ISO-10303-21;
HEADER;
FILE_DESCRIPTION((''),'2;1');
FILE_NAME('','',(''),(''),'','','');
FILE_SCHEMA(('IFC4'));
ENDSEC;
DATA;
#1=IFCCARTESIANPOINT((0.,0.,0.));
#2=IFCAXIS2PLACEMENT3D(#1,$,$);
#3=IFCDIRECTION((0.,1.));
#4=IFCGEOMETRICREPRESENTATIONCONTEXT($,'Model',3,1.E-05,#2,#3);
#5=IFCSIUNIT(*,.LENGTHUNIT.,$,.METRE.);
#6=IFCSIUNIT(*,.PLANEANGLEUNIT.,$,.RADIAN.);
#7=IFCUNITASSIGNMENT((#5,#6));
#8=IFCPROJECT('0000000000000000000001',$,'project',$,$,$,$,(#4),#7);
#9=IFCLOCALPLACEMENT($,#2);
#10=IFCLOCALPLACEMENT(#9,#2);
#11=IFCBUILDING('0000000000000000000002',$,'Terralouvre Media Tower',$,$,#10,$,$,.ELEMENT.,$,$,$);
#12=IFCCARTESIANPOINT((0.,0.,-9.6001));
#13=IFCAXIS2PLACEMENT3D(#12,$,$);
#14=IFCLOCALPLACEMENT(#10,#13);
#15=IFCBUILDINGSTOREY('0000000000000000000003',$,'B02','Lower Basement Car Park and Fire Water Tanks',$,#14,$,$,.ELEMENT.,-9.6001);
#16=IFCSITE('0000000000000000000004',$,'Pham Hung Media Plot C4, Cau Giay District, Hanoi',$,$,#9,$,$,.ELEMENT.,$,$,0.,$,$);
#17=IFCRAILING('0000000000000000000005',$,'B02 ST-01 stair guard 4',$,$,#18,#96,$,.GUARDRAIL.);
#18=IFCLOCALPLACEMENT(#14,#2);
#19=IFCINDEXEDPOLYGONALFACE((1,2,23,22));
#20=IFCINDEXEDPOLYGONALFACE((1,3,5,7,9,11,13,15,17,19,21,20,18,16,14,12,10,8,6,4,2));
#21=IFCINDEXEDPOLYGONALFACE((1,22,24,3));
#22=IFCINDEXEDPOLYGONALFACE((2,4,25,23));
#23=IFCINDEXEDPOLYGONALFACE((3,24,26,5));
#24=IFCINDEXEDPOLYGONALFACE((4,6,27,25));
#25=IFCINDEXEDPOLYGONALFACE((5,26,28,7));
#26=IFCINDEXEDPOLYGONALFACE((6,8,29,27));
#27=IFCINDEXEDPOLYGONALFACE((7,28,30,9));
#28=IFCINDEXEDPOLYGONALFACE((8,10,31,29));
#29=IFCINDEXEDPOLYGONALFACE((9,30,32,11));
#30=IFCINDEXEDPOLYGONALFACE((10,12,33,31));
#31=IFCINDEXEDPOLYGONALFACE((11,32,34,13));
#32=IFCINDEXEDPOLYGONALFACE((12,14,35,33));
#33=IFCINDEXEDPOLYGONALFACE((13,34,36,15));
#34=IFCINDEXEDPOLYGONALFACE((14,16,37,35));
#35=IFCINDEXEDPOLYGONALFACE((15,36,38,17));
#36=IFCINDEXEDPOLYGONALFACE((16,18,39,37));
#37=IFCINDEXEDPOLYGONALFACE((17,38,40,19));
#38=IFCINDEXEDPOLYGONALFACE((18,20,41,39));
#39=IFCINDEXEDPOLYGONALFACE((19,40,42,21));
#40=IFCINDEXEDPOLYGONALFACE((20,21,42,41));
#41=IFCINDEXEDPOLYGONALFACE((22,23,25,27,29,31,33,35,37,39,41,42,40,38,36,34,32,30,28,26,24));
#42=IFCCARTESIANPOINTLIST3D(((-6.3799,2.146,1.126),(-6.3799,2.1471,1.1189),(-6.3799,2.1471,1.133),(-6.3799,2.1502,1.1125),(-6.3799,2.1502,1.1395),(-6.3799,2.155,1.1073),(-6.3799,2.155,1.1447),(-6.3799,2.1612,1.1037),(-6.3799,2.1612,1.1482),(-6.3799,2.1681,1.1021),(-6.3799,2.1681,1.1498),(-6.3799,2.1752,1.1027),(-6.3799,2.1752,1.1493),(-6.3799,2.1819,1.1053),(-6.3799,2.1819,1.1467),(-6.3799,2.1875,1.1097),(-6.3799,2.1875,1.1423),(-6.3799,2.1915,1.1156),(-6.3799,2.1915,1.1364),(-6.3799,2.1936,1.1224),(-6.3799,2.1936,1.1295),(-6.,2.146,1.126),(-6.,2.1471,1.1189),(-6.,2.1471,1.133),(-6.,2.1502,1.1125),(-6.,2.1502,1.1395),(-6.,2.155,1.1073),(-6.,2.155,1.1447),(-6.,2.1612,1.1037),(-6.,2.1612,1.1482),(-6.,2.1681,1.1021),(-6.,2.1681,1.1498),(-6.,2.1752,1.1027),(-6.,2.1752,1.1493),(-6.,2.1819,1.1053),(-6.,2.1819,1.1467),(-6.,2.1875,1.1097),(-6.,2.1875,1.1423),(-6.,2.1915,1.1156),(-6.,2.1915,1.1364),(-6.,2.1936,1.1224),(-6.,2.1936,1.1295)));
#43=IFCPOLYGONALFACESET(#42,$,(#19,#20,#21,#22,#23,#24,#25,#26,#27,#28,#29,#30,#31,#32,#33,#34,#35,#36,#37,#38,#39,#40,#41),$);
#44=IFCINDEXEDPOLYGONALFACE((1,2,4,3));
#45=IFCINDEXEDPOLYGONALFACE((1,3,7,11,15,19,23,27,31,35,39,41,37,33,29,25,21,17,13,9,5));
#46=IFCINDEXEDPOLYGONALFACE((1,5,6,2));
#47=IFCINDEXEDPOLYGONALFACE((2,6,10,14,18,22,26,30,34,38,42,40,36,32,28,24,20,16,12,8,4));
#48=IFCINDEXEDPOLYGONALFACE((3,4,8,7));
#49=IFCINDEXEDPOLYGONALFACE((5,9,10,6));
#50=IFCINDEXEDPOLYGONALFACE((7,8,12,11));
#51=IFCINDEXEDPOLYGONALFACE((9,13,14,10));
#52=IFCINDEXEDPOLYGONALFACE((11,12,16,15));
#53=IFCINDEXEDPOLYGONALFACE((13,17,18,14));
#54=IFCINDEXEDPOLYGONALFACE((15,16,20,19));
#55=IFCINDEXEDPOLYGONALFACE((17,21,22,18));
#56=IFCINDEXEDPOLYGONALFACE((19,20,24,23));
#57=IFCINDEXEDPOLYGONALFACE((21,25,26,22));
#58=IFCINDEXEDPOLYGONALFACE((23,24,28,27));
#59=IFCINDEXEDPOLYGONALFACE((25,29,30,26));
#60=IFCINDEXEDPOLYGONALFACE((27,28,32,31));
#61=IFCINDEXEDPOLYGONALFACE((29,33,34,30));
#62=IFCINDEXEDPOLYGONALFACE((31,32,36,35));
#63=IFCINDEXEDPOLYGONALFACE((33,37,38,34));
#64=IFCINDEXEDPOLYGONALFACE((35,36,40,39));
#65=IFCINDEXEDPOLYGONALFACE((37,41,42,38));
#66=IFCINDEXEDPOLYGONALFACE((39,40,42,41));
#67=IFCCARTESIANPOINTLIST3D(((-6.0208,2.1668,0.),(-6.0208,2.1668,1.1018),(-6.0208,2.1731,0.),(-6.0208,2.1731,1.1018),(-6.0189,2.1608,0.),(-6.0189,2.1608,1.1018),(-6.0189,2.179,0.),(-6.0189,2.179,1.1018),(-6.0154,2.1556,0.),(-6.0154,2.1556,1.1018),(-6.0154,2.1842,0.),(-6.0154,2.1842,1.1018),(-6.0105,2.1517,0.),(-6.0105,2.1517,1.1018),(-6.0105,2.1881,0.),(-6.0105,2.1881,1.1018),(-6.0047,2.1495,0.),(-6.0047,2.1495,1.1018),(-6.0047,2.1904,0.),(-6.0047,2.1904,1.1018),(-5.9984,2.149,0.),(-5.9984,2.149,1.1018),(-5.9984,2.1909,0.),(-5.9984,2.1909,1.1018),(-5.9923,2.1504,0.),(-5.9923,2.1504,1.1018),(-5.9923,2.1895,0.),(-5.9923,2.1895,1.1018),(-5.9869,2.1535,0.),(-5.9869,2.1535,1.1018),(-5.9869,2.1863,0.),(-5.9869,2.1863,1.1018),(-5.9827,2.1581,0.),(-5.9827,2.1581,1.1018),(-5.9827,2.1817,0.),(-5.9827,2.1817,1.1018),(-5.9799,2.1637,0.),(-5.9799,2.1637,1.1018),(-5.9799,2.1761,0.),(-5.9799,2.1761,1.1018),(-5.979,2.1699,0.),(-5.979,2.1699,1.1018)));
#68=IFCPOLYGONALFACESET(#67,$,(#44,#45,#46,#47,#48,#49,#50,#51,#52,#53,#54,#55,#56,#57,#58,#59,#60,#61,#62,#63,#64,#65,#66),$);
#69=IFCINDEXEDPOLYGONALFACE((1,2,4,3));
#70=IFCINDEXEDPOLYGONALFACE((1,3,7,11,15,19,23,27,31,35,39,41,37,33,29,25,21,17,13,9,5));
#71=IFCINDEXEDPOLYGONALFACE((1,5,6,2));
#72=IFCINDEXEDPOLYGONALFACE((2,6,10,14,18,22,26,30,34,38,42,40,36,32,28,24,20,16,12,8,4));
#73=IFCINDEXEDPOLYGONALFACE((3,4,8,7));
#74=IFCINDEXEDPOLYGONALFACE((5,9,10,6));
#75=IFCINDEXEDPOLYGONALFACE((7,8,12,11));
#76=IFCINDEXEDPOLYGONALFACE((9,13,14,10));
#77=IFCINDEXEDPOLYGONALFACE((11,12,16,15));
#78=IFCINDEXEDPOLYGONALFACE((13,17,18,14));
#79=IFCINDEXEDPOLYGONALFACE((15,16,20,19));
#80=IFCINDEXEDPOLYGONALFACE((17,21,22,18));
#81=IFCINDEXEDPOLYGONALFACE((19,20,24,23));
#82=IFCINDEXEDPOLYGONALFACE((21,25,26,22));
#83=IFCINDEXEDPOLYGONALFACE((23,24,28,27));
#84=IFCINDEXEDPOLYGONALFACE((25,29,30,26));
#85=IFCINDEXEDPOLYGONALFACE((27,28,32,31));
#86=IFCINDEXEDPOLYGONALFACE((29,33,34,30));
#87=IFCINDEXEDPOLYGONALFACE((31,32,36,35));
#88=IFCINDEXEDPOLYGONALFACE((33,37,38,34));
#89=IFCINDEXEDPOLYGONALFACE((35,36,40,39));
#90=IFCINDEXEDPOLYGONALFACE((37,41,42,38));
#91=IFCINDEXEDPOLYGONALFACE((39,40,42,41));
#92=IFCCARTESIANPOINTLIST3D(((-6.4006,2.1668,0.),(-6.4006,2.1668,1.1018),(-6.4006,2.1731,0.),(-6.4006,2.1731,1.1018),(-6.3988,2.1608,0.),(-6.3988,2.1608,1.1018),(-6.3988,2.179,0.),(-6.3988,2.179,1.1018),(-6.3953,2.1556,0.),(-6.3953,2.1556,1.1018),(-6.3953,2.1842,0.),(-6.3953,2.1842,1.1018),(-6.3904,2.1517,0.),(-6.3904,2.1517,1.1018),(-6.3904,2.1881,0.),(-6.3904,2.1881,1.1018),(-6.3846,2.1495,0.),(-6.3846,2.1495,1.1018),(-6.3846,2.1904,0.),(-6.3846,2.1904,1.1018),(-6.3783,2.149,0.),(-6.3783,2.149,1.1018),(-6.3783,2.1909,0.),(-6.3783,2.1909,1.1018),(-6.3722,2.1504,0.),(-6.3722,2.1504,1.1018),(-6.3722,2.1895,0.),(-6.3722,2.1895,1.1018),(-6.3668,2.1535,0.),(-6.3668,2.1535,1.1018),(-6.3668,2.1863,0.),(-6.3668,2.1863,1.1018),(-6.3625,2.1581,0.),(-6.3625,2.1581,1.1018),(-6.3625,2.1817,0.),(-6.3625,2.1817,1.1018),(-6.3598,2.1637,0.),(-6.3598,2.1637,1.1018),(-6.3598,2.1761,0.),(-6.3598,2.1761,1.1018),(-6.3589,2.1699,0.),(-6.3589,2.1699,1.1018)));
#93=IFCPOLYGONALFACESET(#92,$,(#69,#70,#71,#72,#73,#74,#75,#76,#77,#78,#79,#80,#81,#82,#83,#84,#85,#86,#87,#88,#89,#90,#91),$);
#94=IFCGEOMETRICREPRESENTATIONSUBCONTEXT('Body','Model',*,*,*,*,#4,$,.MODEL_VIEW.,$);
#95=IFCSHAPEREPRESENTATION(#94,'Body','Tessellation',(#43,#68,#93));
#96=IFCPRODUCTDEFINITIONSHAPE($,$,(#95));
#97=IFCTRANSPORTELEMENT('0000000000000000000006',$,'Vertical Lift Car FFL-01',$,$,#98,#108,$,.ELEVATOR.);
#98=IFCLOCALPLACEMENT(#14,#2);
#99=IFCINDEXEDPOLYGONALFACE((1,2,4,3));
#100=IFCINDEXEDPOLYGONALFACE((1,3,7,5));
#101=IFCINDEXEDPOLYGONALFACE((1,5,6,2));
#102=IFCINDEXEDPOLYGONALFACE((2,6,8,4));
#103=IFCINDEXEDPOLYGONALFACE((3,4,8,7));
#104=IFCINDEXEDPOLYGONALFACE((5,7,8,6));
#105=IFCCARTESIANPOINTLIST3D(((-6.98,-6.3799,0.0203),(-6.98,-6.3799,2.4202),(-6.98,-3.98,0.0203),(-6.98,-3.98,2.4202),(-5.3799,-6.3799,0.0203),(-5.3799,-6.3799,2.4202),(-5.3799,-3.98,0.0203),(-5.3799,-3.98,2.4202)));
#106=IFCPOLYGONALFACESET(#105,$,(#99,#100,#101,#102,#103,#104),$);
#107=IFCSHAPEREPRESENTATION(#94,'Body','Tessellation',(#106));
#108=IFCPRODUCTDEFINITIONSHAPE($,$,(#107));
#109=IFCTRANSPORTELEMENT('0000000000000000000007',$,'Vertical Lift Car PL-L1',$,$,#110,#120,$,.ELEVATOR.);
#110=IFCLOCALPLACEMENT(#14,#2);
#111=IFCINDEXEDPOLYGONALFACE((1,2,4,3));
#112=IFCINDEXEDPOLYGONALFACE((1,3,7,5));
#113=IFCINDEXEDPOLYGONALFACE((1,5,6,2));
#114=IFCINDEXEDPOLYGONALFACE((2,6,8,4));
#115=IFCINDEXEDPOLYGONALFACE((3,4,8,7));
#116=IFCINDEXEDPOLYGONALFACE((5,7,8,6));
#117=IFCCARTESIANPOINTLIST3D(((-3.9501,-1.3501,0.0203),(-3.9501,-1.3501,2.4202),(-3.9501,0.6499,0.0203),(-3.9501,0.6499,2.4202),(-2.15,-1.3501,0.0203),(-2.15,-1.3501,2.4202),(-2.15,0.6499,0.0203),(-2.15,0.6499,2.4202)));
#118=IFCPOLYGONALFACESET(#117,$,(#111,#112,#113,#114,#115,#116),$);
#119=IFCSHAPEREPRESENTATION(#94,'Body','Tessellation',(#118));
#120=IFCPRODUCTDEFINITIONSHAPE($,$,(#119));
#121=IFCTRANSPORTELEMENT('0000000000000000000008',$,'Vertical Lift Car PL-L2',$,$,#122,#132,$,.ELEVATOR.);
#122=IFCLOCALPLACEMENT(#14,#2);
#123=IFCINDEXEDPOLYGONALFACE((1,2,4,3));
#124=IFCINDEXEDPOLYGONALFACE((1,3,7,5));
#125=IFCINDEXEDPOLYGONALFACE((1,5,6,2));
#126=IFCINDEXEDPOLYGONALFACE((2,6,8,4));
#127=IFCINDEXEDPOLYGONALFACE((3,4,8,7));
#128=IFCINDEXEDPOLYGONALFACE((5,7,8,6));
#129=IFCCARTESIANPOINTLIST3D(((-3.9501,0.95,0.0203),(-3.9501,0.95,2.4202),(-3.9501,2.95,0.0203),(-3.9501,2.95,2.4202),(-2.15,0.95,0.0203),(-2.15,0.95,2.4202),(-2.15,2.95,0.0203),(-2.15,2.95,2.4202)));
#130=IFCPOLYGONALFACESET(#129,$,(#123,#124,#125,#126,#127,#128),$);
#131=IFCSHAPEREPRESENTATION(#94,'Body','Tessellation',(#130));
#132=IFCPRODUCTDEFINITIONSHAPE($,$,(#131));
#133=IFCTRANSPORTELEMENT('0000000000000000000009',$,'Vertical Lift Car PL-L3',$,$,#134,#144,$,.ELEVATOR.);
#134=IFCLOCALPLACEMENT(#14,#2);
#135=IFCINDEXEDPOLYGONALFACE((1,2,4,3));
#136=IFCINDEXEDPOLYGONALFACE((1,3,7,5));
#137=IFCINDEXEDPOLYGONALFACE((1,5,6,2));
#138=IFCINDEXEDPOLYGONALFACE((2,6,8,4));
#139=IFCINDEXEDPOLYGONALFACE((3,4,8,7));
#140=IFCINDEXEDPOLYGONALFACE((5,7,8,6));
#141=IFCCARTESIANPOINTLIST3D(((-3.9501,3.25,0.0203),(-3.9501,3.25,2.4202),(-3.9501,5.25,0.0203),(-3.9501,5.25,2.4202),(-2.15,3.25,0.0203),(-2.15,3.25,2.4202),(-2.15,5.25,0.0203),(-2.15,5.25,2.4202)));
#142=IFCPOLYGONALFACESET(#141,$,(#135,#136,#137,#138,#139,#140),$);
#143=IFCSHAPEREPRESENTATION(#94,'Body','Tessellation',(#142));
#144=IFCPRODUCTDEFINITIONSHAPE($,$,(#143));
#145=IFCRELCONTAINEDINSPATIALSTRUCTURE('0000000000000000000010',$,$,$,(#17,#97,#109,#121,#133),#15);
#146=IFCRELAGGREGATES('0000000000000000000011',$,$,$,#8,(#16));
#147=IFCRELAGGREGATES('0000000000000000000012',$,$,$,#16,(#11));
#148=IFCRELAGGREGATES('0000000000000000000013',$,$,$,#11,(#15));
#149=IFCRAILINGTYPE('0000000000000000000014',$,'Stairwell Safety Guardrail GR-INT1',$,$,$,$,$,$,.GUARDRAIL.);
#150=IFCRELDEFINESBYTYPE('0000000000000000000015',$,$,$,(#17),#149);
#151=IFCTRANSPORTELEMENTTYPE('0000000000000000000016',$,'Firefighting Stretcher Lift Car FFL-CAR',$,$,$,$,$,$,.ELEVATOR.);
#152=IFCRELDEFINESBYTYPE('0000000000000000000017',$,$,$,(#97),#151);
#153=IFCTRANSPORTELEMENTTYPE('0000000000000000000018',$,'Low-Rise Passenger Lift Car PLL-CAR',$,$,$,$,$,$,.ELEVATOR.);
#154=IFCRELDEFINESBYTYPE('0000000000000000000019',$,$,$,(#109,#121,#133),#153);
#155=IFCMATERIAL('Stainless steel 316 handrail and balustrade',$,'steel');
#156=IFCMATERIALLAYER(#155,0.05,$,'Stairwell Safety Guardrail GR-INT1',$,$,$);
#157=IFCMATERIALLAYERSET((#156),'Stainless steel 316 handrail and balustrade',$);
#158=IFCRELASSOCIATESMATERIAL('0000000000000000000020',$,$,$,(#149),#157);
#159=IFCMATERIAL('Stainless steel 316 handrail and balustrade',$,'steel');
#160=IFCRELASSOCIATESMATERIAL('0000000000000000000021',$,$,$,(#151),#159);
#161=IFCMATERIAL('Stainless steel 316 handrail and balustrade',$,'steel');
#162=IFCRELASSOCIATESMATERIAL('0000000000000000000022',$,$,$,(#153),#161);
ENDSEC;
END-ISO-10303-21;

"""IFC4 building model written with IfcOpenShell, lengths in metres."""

from ifc_helpers import new_model, si_unit, direction, frame, origin, origin_2d, place, context, subcontext, project, spatial, rectangle, circle, extrude, material, layer, layer_set, type_object, element, save


model = new_model("IFC4")

# Units and contexts
model_context = context("Model", 3, precision=1e-05, world=origin(), true_north=direction((0.0, 1.0)))
body_context = subcontext(model_context, "Body", "Model", "MODEL_VIEW")
ifc_project = project(units=[si_unit("LENGTHUNIT", "METRE"), si_unit("PLANEANGLEUNIT", "RADIAN")], contexts=[model_context])

# Site, building, storey
site_placement = place(None, origin())
site = spatial("IfcSite", under=ifc_project, at=site_placement, Name="Pham Hung Media Plot C4, Cau Giay District, Hanoi", CompositionType="ELEMENT", RefElevation=0.0)
building_placement = place(site_placement, origin())
building = spatial("IfcBuilding", under=site, at=building_placement, Name="Terralouvre Media Tower", CompositionType="ELEMENT")
storey_placement = place(building_placement, frame((0.0, 0.0, -9.6001)))
storey = spatial("IfcBuildingStorey", under=building, at=storey_placement, Name="B02", Description="Lower Basement Car Park and Fire Water Tanks", CompositionType="ELEMENT", Elevation=-9.6001)

# Railing
ifc_material_1 = material(Name="Stainless steel 316 handrail and balustrade", Category="steel")
ifc_layer_1 = layer(ifc_material_1, 0.05, Name="Stairwell Safety Guardrail GR-INT1")
ifc_layer_set_1 = layer_set([ifc_layer_1], Name="Stainless steel 316 handrail and balustrade")
railing_type_1 = type_object("IfcRailingType", Name="Stairwell Safety Guardrail GR-INT1", PredefinedType="GUARDRAIL", material=ifc_layer_set_1)
railing_1_placement = place(storey_placement, frame((-6.0, 2.1699, 0.0)))
element("IfcRailing", 1, at=railing_1_placement, inside=storey, type_object=railing_type_1, Name="B02 ST-01 stair guard 4", PredefinedType="GUARDRAIL", context=body_context, shape_type="SweptSolid", body=[
    extrude(circle(Radius=0.0239, at=origin_2d()), frame((0.0, 0.0, 1.126), z_axis=(-1.0, 0.0, 0.0), x_axis=(0.0, -1.0, 0.0)), (0.0, 0.0, 1.0), 0.3799),
    extrude(circle(Radius=0.021, at=origin_2d()), origin(), (0.0, 0.0, 1.0), 1.1018),
    extrude(circle(Radius=0.021, at=origin_2d()), frame((-0.3799, 0.0, 0.0)), (0.0, 0.0, 1.0), 1.1018),
])

# Transport elements
ifc_material_2 = material(Name="Stainless steel 316 handrail and balustrade", Category="steel")
transport_element_type_1 = type_object("IfcTransportElementType", Name="Firefighting Stretcher Lift Car FFL-CAR", PredefinedType="ELEVATOR", material=ifc_material_2)
transport_element_placement = place(storey_placement, frame((-6.1799, -5.1799, 0.0203), z_axis=(0.0, 0.0, 1.0), x_axis=(1.0, 0.0, 0.0)))
element("IfcTransportElement", 2, at=transport_element_placement, inside=storey, type_object=transport_element_type_1, Name="Vertical Lift Car FFL-01", PredefinedType="ELEVATOR", context=body_context, shape_type="SweptSolid", body=[
    extrude(rectangle(XDim=1.6001, YDim=2.3999, at=origin_2d()), origin(), (0.0, 0.0, 1.0), 2.3999),
])
ifc_material_3 = material(Name="Stainless steel 316 handrail and balustrade", Category="steel")
transport_element_type_2 = type_object("IfcTransportElementType", Name="Low-Rise Passenger Lift Car PLL-CAR", PredefinedType="ELEVATOR", material=ifc_material_3)
for number, where, z_axis, x_axis, name in (
    (3, (-3.05, -0.3501, 0.0203), (0.0, 0.0, 1.0), (1.0, 0.0, 0.0), "Vertical Lift Car PL-L1"),
    (4, (-3.05, 1.95, 0.0203), (0.0, 0.0, 1.0), (1.0, 0.0, 0.0), "Vertical Lift Car PL-L2"),
    (5, (-3.05, 4.25, 0.0203), (0.0, 0.0, 1.0), (1.0, 0.0, 0.0), "Vertical Lift Car PL-L3"),
):
    element("IfcTransportElement", number, at=place(storey_placement, frame(where, z_axis=z_axis, x_axis=x_axis)), inside=storey, type_object=transport_element_type_2, Name=name, PredefinedType="ELEVATOR", context=body_context, shape_type="SweptSolid", body=[
        extrude(rectangle(XDim=1.8, YDim=2.0, at=origin_2d()), origin(), (0.0, 0.0, 1.0), 2.3999),
    ])

save(model, "model.ifc")
